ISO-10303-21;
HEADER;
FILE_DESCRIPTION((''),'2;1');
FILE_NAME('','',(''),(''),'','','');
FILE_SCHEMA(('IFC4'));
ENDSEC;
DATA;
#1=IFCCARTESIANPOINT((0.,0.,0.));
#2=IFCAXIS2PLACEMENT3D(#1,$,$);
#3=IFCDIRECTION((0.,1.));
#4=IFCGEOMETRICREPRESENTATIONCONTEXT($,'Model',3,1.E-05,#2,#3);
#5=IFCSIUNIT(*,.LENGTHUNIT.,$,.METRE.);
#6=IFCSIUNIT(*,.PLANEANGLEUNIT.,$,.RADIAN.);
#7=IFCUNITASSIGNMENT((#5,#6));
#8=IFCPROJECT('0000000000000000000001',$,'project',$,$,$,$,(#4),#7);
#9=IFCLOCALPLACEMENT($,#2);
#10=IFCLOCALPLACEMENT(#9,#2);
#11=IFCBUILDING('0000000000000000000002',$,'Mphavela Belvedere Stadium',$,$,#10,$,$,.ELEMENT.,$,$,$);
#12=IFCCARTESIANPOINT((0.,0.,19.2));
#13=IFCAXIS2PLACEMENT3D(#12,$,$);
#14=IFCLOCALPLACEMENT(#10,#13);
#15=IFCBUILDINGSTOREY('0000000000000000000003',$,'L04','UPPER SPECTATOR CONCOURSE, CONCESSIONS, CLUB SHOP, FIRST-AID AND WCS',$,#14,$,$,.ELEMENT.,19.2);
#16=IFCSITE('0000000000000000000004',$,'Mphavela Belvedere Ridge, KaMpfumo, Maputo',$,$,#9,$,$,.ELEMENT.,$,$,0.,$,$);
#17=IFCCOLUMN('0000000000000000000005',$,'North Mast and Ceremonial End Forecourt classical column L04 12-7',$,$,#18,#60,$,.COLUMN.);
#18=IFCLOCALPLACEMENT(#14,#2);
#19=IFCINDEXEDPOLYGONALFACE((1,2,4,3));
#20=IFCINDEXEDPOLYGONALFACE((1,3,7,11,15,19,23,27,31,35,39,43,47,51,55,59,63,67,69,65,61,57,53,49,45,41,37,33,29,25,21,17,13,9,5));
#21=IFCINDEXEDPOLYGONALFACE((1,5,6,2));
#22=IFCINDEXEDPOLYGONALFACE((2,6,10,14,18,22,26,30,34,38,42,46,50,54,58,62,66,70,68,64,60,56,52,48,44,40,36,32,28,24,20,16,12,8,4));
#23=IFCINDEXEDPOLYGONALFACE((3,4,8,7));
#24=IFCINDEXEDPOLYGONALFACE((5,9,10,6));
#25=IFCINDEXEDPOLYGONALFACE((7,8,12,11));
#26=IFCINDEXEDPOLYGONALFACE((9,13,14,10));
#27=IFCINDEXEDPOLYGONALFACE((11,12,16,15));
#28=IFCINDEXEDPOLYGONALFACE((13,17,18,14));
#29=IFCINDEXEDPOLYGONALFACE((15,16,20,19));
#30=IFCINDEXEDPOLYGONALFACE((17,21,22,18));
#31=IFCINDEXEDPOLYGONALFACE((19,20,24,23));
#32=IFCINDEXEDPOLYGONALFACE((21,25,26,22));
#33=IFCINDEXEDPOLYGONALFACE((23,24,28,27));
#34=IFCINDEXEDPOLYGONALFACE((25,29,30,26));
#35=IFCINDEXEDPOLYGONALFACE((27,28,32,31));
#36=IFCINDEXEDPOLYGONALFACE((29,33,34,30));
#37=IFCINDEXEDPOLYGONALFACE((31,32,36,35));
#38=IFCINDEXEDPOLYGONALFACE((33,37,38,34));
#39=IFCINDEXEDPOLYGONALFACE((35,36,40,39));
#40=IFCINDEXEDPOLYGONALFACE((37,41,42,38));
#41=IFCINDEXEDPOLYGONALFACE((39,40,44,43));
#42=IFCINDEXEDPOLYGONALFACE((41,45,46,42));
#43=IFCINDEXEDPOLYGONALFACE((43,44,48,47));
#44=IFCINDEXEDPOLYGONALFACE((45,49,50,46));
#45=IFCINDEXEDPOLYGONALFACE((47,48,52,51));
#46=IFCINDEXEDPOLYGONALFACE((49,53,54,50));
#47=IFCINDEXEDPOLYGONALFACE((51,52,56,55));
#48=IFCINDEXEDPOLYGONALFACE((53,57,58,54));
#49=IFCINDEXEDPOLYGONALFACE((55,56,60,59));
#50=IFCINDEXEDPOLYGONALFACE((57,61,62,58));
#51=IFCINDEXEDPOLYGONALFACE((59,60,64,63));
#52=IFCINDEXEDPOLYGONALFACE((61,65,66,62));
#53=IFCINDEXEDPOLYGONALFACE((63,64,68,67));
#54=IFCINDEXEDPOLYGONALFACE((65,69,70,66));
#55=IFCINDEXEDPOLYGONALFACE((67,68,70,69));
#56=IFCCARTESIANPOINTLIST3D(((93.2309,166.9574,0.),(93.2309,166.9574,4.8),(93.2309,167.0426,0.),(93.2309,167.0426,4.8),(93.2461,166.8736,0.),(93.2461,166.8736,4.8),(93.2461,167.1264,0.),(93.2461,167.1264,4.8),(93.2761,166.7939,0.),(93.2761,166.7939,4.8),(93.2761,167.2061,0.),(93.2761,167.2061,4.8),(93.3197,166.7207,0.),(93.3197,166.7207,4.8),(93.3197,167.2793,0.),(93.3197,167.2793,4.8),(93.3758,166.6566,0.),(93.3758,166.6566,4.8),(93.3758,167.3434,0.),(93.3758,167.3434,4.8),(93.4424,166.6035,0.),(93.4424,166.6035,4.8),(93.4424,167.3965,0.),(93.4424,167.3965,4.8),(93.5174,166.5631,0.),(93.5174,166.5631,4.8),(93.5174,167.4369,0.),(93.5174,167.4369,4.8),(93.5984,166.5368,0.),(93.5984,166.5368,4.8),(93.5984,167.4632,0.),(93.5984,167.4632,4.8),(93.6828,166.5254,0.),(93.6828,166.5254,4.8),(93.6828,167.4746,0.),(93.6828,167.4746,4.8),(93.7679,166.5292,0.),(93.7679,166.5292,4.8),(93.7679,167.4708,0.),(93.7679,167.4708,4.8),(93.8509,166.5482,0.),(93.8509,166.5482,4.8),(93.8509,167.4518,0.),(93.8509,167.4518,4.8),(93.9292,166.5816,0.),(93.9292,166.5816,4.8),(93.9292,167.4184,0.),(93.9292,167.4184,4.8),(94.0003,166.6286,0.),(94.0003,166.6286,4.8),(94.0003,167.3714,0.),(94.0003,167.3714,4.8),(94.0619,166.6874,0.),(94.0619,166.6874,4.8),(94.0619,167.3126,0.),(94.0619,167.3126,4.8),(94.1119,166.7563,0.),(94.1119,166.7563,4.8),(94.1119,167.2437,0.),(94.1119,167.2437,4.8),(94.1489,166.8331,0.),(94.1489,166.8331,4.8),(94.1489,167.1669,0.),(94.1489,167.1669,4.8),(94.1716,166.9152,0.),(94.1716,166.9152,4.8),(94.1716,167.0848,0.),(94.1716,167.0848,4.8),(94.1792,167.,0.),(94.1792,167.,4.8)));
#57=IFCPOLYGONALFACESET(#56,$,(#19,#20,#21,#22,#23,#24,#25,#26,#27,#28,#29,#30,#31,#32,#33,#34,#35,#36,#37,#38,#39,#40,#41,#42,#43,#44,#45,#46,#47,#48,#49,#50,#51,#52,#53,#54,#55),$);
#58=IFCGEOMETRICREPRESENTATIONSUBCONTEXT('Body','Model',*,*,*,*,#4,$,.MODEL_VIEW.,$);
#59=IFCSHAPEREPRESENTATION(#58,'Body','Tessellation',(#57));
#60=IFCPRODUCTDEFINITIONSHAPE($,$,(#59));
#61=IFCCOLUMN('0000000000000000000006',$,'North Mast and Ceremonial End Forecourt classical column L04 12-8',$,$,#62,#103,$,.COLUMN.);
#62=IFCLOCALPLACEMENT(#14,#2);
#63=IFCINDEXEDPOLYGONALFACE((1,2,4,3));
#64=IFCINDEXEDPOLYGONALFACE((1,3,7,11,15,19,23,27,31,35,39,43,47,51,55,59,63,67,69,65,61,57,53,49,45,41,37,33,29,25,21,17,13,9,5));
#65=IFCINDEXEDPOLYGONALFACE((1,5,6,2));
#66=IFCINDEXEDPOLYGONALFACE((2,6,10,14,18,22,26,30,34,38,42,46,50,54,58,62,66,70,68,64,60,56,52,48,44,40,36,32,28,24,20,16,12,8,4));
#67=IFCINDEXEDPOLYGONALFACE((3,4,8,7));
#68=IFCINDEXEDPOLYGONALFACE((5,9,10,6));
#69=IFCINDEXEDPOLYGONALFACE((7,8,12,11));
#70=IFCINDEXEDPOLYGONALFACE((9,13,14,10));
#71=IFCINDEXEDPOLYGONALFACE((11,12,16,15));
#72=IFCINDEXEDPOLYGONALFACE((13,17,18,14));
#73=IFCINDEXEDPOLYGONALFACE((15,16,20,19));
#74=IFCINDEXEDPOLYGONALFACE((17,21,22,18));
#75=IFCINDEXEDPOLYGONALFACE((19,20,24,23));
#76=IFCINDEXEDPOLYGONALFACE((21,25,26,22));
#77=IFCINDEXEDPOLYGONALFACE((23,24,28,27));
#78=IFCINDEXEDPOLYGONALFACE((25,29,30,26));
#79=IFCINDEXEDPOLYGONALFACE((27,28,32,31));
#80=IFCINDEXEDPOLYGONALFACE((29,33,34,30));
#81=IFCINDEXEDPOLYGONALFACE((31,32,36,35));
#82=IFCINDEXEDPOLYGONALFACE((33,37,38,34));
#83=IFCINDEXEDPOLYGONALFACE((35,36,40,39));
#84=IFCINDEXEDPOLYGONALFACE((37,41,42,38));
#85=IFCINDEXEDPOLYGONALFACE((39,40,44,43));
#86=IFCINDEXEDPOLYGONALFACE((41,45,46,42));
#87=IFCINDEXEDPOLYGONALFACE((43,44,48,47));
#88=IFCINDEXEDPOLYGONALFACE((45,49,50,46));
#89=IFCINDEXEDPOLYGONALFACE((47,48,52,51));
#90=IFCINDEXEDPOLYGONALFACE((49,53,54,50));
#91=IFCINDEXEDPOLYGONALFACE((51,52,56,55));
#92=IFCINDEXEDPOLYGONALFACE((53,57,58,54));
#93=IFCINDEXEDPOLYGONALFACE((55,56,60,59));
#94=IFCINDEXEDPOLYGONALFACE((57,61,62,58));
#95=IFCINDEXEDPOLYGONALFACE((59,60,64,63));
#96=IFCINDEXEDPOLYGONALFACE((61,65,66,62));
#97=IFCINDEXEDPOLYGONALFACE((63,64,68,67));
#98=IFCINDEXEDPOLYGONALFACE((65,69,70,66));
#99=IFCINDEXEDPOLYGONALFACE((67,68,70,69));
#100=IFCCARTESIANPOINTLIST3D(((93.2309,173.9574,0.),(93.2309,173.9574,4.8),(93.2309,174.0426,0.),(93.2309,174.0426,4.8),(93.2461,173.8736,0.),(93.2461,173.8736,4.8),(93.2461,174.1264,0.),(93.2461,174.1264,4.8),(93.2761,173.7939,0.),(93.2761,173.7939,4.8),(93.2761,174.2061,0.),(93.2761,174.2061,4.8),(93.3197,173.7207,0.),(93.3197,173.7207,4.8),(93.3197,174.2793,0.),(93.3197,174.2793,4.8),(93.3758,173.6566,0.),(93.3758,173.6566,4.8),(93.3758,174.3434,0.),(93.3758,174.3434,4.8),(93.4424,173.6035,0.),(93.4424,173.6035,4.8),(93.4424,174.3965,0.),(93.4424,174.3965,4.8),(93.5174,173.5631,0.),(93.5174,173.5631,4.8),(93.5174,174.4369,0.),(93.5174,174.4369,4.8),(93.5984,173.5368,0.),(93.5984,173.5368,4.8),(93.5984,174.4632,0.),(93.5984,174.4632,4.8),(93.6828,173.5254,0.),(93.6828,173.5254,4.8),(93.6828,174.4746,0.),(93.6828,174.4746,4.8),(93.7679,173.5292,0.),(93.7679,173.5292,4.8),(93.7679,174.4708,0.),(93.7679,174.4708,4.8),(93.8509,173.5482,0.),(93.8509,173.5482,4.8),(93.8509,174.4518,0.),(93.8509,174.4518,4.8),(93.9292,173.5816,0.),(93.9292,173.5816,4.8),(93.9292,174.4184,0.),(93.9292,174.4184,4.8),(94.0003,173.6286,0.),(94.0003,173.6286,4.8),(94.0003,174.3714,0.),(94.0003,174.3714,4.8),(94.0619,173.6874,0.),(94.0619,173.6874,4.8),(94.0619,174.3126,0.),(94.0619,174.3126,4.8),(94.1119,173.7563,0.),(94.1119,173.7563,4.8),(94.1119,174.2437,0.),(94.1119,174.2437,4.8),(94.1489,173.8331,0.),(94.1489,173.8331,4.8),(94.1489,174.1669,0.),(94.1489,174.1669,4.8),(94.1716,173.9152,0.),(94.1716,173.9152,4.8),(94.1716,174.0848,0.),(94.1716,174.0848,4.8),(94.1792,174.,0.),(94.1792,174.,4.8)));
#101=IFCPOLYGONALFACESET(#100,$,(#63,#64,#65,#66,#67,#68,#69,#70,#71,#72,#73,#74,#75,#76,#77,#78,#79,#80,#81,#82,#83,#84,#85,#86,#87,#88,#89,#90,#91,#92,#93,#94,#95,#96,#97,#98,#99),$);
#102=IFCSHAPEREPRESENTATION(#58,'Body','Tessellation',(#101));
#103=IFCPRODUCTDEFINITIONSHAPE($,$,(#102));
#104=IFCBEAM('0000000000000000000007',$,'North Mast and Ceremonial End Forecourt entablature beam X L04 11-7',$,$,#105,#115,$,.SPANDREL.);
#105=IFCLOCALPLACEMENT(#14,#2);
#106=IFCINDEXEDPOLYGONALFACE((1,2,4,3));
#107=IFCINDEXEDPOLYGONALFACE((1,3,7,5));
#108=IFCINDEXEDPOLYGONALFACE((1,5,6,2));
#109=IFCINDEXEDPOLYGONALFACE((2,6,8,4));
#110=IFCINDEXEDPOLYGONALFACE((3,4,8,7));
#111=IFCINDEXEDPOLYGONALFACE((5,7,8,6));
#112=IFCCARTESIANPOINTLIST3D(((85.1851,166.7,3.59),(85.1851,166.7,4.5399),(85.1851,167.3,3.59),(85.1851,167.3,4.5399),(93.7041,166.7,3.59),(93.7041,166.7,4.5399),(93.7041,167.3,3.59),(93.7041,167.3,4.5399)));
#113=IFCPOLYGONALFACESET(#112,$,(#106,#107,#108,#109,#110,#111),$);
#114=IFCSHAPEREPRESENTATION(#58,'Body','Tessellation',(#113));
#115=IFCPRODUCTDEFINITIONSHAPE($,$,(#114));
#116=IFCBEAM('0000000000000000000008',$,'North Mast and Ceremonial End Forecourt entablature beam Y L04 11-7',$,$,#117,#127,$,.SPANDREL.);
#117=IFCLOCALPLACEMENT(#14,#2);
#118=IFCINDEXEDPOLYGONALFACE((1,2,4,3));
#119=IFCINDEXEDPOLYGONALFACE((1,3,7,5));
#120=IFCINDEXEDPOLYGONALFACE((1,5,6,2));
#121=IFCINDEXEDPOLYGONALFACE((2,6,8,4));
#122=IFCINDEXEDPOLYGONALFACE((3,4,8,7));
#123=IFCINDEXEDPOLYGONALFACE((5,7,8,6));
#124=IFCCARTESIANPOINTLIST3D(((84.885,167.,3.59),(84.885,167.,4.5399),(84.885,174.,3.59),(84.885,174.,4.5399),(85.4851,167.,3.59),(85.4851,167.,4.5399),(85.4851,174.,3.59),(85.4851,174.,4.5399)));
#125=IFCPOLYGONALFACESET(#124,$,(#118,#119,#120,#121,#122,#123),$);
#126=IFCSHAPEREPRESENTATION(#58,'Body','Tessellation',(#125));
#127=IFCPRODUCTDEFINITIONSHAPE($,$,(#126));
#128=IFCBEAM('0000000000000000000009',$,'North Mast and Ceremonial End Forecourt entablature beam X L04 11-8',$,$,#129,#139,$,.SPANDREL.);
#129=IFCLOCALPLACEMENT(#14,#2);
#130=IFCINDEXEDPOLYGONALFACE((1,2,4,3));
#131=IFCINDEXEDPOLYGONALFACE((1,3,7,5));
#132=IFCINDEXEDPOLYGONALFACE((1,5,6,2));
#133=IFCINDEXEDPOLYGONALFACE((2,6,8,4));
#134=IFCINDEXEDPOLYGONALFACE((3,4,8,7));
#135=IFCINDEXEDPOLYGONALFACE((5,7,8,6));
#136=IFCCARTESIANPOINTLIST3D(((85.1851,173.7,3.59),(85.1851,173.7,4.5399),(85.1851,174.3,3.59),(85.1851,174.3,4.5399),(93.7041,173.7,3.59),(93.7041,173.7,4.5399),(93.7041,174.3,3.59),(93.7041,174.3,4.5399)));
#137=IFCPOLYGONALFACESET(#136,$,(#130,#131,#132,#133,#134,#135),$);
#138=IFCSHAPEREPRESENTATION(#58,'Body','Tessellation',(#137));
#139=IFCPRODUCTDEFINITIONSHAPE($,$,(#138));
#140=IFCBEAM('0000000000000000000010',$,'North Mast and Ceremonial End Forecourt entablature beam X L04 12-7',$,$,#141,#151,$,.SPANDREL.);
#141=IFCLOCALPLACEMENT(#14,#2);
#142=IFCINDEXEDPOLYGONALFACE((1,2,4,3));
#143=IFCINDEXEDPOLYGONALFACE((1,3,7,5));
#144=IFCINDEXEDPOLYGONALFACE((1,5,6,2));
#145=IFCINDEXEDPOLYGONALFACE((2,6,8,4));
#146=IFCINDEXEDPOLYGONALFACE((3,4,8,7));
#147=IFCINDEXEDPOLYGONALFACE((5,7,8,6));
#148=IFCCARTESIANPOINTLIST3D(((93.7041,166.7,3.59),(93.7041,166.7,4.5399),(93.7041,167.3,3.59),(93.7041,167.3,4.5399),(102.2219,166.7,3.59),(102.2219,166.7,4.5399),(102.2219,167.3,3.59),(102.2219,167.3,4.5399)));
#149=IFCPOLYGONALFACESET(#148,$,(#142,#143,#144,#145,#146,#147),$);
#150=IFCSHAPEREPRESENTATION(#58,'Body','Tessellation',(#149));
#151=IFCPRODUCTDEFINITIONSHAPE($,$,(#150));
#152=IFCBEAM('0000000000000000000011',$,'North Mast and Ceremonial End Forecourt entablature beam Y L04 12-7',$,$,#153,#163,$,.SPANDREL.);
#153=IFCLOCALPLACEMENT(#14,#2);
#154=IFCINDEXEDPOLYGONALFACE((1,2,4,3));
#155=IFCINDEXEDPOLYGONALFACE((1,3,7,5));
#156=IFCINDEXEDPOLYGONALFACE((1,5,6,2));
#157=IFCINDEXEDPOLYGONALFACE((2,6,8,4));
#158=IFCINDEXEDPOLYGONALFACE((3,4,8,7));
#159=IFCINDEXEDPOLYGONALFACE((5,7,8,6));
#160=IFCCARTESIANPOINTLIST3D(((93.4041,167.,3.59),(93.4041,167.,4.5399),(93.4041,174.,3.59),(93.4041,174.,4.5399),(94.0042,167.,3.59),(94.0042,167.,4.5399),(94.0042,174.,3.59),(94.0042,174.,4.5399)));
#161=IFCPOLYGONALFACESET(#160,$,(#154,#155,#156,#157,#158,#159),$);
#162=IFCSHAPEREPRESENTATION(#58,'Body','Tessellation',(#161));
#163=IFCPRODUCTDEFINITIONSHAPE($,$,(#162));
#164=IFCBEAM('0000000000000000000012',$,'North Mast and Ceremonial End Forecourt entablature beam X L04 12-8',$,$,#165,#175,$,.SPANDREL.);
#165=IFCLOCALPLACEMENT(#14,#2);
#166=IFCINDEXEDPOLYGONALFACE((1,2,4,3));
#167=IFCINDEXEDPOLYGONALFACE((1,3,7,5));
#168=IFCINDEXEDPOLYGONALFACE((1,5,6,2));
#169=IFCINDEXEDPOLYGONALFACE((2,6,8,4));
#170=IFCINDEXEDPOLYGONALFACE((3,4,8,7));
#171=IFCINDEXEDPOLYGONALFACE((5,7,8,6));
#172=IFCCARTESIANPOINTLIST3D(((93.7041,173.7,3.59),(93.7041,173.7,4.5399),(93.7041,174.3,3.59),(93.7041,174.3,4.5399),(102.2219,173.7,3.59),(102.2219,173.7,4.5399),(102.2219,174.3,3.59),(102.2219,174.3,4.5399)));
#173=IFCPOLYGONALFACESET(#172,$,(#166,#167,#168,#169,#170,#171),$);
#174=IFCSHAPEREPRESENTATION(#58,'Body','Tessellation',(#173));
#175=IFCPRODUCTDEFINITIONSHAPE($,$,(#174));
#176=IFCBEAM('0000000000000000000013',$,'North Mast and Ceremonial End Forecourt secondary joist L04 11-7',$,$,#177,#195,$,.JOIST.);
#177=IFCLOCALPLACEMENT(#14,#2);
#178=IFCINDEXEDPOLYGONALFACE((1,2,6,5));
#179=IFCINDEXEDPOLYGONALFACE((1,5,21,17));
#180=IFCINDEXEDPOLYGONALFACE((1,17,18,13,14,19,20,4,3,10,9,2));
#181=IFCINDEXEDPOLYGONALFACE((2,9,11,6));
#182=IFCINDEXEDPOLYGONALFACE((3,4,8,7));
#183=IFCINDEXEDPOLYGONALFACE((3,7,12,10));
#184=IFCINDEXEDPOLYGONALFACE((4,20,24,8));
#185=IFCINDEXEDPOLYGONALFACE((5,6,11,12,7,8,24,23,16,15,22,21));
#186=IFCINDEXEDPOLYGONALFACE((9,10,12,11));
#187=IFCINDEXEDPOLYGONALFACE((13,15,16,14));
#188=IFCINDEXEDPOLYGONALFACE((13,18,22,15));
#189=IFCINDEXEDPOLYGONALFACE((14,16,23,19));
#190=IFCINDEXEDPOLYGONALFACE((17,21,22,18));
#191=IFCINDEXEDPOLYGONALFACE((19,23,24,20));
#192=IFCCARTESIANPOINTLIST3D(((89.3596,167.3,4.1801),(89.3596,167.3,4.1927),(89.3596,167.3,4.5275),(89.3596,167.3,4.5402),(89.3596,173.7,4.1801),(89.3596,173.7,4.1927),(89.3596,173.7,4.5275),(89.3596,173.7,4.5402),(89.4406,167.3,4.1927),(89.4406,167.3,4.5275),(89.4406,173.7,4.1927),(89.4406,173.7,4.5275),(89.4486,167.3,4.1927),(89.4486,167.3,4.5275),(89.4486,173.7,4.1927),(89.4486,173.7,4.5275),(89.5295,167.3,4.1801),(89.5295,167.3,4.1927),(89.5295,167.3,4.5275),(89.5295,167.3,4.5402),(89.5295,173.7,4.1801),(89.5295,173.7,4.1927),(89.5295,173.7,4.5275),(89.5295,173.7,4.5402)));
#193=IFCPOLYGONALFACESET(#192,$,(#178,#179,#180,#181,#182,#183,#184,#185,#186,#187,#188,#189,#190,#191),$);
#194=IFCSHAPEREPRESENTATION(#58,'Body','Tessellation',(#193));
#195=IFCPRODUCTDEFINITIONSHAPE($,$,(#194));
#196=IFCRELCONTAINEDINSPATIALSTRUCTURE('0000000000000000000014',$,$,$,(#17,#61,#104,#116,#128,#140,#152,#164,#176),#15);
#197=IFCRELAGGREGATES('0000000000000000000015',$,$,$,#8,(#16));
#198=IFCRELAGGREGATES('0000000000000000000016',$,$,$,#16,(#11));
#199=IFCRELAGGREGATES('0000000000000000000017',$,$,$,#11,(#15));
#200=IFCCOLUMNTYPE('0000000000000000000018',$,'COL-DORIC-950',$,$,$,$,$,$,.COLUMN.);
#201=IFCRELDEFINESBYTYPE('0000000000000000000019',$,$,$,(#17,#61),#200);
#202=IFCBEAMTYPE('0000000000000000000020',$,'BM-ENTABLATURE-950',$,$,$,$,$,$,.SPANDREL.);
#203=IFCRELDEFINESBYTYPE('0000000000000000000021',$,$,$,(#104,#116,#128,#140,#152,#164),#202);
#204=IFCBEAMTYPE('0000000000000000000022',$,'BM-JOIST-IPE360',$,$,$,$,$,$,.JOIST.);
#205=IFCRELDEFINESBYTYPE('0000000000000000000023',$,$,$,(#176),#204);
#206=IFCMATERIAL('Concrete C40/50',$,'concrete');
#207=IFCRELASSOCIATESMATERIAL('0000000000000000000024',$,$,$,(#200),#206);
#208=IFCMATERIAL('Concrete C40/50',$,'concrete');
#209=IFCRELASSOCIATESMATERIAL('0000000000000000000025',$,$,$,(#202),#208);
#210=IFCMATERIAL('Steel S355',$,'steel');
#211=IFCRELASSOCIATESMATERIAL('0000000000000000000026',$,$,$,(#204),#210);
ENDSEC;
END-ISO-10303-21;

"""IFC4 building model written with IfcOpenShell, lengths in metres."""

from ifc_helpers import new_model, si_unit, direction, frame, origin, origin_2d, place, context, subcontext, project, spatial, rectangle, circle, i_section, extrude, material, material_profile, profile_set, type_object, element, save


model = new_model("IFC4")

# Units and contexts
model_context = context("Model", 3, precision=1e-05, world=origin(), true_north=direction((0.0, 1.0)))
body_context = subcontext(model_context, "Body", "Model", "MODEL_VIEW")
ifc_project = project(units=[si_unit("LENGTHUNIT", "METRE"), si_unit("PLANEANGLEUNIT", "RADIAN")], contexts=[model_context])

# Site, building, storey
site_placement = place(None, origin())
site = spatial("IfcSite", under=ifc_project, at=site_placement, Name="Mphavela Belvedere Ridge, KaMpfumo, Maputo", CompositionType="ELEMENT", RefElevation=0.0)
building_placement = place(site_placement, origin())
building = spatial("IfcBuilding", under=site, at=building_placement, Name="Mphavela Belvedere Stadium", CompositionType="ELEMENT")
storey_placement = place(building_placement, frame((0.0, 0.0, 19.2)))
storey = spatial("IfcBuildingStorey", under=building, at=storey_placement, Name="L04", Description="UPPER SPECTATOR CONCOURSE, CONCESSIONS, CLUB SHOP, FIRST-AID AND WCS", CompositionType="ELEMENT", Elevation=19.2)

# Columns
ifc_material_1 = material(Name="Concrete C40/50", Category="concrete")
ifc_material_profile_1 = material_profile(ifc_material_1, circle(Radius=0.4751, at=origin_2d()), Name="COL D950")
ifc_profile_set_1 = profile_set([ifc_material_profile_1], Name="Concrete C40/50")
column_type = type_object("IfcColumnType", Name="COL-DORIC-950", PredefinedType="COLUMN", material=ifc_profile_set_1)
for number, where, z_axis, x_axis, name in (
    (1, (93.7041, 167.0, 0.0), (0.0, 0.0, 1.0), (1.0, 0.0, 0.0), "North Mast and Ceremonial End Forecourt classical column L04 12-7"),
    (2, (93.7041, 174.0, 0.0), (0.0, 0.0, 1.0), (1.0, 0.0, 0.0), "North Mast and Ceremonial End Forecourt classical column L04 12-8"),
):
    element("IfcColumn", number, at=place(storey_placement, frame(where, z_axis=z_axis, x_axis=x_axis)), inside=storey, type_object=column_type, Name=name, PredefinedType="COLUMN", context=body_context, shape_type="SweptSolid", body=[
        extrude(circle(Radius=0.4751, at=origin_2d()), origin(), (0.0, 0.0, 1.0), 4.8),
    ])

# Beams
ifc_material_2 = material(Name="Concrete C40/50", Category="concrete")
ifc_material_profile_2 = material_profile(ifc_material_2, rectangle(XDim=0.6001, YDim=0.95, at=origin_2d()), Name="RC 600x950")
ifc_profile_set_2 = profile_set([ifc_material_profile_2], Name="Concrete C40/50")
beam_type_1 = type_object("IfcBeamType", Name="BM-ENTABLATURE-950", PredefinedType="SPANDREL", material=ifc_profile_set_2)
beam_1_placement = place(storey_placement, frame((85.1851, 167.0, 4.0649), z_axis=(1.0, 0.0, 0.0), x_axis=(0.0, 1.0, 0.0)))
element("IfcBeam", 3, at=beam_1_placement, inside=storey, type_object=beam_type_1, Name="North Mast and Ceremonial End Forecourt entablature beam X L04 11-7", PredefinedType="SPANDREL", context=body_context, shape_type="SweptSolid", body=[
    extrude(rectangle(XDim=0.6001, YDim=0.95, at=origin_2d()), origin(), (0.0, 0.0, 1.0), 8.519),
])
beam_2_placement = place(storey_placement, frame((85.1851, 167.0, 4.0649), z_axis=(0.0, 1.0, 0.0), x_axis=(-1.0, 0.0, 0.0)))
element("IfcBeam", 4, at=beam_2_placement, inside=storey, type_object=beam_type_1, Name="North Mast and Ceremonial End Forecourt entablature beam Y L04 11-7", PredefinedType="SPANDREL", context=body_context, shape_type="SweptSolid", body=[
    extrude(rectangle(XDim=0.6001, YDim=0.95, at=origin_2d()), origin(), (0.0, 0.0, 1.0), 7.0),
])
beam_3_placement = place(storey_placement, frame((85.1851, 174.0, 4.0649), z_axis=(1.0, 0.0, 0.0), x_axis=(0.0, 1.0, 0.0)))
element("IfcBeam", 5, at=beam_3_placement, inside=storey, type_object=beam_type_1, Name="North Mast and Ceremonial End Forecourt entablature beam X L04 11-8", PredefinedType="SPANDREL", context=body_context, shape_type="SweptSolid", body=[
    extrude(rectangle(XDim=0.6001, YDim=0.95, at=origin_2d()), origin(), (0.0, 0.0, 1.0), 8.519),
])
beam_4_placement = place(storey_placement, frame((93.7041, 167.0, 4.0649), z_axis=(1.0, 0.0, 0.0), x_axis=(0.0, 1.0, 0.0)))
element("IfcBeam", 6, at=beam_4_placement, inside=storey, type_object=beam_type_1, Name="North Mast and Ceremonial End Forecourt entablature beam X L04 12-7", PredefinedType="SPANDREL", context=body_context, shape_type="SweptSolid", body=[
    extrude(rectangle(XDim=0.6001, YDim=0.95, at=origin_2d()), origin(), (0.0, 0.0, 1.0), 8.5178),
])
beam_5_placement = place(storey_placement, frame((93.7041, 167.0, 4.0649), z_axis=(0.0, 1.0, 0.0), x_axis=(-1.0, 0.0, 0.0)))
element("IfcBeam", 7, at=beam_5_placement, inside=storey, type_object=beam_type_1, Name="North Mast and Ceremonial End Forecourt entablature beam Y L04 12-7", PredefinedType="SPANDREL", context=body_context, shape_type="SweptSolid", body=[
    extrude(rectangle(XDim=0.6001, YDim=0.95, at=origin_2d()), origin(), (0.0, 0.0, 1.0), 7.0),
])
beam_6_placement = place(storey_placement, frame((93.7041, 174.0, 4.0649), z_axis=(1.0, 0.0, 0.0), x_axis=(0.0, 1.0, 0.0)))
element("IfcBeam", 8, at=beam_6_placement, inside=storey, type_object=beam_type_1, Name="North Mast and Ceremonial End Forecourt entablature beam X L04 12-8", PredefinedType="SPANDREL", context=body_context, shape_type="SweptSolid", body=[
    extrude(rectangle(XDim=0.6001, YDim=0.95, at=origin_2d()), origin(), (0.0, 0.0, 1.0), 8.5178),
])
ifc_material_3 = material(Name="Steel S355", Category="steel")
ifc_material_profile_3 = material_profile(ifc_material_3, i_section(OverallWidth=0.1699, OverallDepth=0.3601, WebThickness=0.0081, FlangeThickness=0.0127, at=origin_2d()), Name="IPE 360")
ifc_profile_set_3 = profile_set([ifc_material_profile_3], Name="Steel S355")
beam_type_2 = type_object("IfcBeamType", Name="BM-JOIST-IPE360", PredefinedType="JOIST", material=ifc_profile_set_3)
for number, where, z_axis, x_axis, name in (
    (9, (89.4446, 167.3, 4.3601), (0.0, 1.0, 0.0), (-1.0, 0.0, 0.0), "North Mast and Ceremonial End Forecourt secondary joist L04 11-7"),
):
    element("IfcBeam", number, at=place(storey_placement, frame(where, z_axis=z_axis, x_axis=x_axis)), inside=storey, type_object=beam_type_2, Name=name, PredefinedType="JOIST", context=body_context, shape_type="SweptSolid", body=[
        extrude(i_section(OverallWidth=0.1699, OverallDepth=0.3601, WebThickness=0.0081, FlangeThickness=0.0127, at=origin_2d()), origin(), (0.0, 0.0, 1.0), 6.3999),
    ])

save(model, "model.ifc")
